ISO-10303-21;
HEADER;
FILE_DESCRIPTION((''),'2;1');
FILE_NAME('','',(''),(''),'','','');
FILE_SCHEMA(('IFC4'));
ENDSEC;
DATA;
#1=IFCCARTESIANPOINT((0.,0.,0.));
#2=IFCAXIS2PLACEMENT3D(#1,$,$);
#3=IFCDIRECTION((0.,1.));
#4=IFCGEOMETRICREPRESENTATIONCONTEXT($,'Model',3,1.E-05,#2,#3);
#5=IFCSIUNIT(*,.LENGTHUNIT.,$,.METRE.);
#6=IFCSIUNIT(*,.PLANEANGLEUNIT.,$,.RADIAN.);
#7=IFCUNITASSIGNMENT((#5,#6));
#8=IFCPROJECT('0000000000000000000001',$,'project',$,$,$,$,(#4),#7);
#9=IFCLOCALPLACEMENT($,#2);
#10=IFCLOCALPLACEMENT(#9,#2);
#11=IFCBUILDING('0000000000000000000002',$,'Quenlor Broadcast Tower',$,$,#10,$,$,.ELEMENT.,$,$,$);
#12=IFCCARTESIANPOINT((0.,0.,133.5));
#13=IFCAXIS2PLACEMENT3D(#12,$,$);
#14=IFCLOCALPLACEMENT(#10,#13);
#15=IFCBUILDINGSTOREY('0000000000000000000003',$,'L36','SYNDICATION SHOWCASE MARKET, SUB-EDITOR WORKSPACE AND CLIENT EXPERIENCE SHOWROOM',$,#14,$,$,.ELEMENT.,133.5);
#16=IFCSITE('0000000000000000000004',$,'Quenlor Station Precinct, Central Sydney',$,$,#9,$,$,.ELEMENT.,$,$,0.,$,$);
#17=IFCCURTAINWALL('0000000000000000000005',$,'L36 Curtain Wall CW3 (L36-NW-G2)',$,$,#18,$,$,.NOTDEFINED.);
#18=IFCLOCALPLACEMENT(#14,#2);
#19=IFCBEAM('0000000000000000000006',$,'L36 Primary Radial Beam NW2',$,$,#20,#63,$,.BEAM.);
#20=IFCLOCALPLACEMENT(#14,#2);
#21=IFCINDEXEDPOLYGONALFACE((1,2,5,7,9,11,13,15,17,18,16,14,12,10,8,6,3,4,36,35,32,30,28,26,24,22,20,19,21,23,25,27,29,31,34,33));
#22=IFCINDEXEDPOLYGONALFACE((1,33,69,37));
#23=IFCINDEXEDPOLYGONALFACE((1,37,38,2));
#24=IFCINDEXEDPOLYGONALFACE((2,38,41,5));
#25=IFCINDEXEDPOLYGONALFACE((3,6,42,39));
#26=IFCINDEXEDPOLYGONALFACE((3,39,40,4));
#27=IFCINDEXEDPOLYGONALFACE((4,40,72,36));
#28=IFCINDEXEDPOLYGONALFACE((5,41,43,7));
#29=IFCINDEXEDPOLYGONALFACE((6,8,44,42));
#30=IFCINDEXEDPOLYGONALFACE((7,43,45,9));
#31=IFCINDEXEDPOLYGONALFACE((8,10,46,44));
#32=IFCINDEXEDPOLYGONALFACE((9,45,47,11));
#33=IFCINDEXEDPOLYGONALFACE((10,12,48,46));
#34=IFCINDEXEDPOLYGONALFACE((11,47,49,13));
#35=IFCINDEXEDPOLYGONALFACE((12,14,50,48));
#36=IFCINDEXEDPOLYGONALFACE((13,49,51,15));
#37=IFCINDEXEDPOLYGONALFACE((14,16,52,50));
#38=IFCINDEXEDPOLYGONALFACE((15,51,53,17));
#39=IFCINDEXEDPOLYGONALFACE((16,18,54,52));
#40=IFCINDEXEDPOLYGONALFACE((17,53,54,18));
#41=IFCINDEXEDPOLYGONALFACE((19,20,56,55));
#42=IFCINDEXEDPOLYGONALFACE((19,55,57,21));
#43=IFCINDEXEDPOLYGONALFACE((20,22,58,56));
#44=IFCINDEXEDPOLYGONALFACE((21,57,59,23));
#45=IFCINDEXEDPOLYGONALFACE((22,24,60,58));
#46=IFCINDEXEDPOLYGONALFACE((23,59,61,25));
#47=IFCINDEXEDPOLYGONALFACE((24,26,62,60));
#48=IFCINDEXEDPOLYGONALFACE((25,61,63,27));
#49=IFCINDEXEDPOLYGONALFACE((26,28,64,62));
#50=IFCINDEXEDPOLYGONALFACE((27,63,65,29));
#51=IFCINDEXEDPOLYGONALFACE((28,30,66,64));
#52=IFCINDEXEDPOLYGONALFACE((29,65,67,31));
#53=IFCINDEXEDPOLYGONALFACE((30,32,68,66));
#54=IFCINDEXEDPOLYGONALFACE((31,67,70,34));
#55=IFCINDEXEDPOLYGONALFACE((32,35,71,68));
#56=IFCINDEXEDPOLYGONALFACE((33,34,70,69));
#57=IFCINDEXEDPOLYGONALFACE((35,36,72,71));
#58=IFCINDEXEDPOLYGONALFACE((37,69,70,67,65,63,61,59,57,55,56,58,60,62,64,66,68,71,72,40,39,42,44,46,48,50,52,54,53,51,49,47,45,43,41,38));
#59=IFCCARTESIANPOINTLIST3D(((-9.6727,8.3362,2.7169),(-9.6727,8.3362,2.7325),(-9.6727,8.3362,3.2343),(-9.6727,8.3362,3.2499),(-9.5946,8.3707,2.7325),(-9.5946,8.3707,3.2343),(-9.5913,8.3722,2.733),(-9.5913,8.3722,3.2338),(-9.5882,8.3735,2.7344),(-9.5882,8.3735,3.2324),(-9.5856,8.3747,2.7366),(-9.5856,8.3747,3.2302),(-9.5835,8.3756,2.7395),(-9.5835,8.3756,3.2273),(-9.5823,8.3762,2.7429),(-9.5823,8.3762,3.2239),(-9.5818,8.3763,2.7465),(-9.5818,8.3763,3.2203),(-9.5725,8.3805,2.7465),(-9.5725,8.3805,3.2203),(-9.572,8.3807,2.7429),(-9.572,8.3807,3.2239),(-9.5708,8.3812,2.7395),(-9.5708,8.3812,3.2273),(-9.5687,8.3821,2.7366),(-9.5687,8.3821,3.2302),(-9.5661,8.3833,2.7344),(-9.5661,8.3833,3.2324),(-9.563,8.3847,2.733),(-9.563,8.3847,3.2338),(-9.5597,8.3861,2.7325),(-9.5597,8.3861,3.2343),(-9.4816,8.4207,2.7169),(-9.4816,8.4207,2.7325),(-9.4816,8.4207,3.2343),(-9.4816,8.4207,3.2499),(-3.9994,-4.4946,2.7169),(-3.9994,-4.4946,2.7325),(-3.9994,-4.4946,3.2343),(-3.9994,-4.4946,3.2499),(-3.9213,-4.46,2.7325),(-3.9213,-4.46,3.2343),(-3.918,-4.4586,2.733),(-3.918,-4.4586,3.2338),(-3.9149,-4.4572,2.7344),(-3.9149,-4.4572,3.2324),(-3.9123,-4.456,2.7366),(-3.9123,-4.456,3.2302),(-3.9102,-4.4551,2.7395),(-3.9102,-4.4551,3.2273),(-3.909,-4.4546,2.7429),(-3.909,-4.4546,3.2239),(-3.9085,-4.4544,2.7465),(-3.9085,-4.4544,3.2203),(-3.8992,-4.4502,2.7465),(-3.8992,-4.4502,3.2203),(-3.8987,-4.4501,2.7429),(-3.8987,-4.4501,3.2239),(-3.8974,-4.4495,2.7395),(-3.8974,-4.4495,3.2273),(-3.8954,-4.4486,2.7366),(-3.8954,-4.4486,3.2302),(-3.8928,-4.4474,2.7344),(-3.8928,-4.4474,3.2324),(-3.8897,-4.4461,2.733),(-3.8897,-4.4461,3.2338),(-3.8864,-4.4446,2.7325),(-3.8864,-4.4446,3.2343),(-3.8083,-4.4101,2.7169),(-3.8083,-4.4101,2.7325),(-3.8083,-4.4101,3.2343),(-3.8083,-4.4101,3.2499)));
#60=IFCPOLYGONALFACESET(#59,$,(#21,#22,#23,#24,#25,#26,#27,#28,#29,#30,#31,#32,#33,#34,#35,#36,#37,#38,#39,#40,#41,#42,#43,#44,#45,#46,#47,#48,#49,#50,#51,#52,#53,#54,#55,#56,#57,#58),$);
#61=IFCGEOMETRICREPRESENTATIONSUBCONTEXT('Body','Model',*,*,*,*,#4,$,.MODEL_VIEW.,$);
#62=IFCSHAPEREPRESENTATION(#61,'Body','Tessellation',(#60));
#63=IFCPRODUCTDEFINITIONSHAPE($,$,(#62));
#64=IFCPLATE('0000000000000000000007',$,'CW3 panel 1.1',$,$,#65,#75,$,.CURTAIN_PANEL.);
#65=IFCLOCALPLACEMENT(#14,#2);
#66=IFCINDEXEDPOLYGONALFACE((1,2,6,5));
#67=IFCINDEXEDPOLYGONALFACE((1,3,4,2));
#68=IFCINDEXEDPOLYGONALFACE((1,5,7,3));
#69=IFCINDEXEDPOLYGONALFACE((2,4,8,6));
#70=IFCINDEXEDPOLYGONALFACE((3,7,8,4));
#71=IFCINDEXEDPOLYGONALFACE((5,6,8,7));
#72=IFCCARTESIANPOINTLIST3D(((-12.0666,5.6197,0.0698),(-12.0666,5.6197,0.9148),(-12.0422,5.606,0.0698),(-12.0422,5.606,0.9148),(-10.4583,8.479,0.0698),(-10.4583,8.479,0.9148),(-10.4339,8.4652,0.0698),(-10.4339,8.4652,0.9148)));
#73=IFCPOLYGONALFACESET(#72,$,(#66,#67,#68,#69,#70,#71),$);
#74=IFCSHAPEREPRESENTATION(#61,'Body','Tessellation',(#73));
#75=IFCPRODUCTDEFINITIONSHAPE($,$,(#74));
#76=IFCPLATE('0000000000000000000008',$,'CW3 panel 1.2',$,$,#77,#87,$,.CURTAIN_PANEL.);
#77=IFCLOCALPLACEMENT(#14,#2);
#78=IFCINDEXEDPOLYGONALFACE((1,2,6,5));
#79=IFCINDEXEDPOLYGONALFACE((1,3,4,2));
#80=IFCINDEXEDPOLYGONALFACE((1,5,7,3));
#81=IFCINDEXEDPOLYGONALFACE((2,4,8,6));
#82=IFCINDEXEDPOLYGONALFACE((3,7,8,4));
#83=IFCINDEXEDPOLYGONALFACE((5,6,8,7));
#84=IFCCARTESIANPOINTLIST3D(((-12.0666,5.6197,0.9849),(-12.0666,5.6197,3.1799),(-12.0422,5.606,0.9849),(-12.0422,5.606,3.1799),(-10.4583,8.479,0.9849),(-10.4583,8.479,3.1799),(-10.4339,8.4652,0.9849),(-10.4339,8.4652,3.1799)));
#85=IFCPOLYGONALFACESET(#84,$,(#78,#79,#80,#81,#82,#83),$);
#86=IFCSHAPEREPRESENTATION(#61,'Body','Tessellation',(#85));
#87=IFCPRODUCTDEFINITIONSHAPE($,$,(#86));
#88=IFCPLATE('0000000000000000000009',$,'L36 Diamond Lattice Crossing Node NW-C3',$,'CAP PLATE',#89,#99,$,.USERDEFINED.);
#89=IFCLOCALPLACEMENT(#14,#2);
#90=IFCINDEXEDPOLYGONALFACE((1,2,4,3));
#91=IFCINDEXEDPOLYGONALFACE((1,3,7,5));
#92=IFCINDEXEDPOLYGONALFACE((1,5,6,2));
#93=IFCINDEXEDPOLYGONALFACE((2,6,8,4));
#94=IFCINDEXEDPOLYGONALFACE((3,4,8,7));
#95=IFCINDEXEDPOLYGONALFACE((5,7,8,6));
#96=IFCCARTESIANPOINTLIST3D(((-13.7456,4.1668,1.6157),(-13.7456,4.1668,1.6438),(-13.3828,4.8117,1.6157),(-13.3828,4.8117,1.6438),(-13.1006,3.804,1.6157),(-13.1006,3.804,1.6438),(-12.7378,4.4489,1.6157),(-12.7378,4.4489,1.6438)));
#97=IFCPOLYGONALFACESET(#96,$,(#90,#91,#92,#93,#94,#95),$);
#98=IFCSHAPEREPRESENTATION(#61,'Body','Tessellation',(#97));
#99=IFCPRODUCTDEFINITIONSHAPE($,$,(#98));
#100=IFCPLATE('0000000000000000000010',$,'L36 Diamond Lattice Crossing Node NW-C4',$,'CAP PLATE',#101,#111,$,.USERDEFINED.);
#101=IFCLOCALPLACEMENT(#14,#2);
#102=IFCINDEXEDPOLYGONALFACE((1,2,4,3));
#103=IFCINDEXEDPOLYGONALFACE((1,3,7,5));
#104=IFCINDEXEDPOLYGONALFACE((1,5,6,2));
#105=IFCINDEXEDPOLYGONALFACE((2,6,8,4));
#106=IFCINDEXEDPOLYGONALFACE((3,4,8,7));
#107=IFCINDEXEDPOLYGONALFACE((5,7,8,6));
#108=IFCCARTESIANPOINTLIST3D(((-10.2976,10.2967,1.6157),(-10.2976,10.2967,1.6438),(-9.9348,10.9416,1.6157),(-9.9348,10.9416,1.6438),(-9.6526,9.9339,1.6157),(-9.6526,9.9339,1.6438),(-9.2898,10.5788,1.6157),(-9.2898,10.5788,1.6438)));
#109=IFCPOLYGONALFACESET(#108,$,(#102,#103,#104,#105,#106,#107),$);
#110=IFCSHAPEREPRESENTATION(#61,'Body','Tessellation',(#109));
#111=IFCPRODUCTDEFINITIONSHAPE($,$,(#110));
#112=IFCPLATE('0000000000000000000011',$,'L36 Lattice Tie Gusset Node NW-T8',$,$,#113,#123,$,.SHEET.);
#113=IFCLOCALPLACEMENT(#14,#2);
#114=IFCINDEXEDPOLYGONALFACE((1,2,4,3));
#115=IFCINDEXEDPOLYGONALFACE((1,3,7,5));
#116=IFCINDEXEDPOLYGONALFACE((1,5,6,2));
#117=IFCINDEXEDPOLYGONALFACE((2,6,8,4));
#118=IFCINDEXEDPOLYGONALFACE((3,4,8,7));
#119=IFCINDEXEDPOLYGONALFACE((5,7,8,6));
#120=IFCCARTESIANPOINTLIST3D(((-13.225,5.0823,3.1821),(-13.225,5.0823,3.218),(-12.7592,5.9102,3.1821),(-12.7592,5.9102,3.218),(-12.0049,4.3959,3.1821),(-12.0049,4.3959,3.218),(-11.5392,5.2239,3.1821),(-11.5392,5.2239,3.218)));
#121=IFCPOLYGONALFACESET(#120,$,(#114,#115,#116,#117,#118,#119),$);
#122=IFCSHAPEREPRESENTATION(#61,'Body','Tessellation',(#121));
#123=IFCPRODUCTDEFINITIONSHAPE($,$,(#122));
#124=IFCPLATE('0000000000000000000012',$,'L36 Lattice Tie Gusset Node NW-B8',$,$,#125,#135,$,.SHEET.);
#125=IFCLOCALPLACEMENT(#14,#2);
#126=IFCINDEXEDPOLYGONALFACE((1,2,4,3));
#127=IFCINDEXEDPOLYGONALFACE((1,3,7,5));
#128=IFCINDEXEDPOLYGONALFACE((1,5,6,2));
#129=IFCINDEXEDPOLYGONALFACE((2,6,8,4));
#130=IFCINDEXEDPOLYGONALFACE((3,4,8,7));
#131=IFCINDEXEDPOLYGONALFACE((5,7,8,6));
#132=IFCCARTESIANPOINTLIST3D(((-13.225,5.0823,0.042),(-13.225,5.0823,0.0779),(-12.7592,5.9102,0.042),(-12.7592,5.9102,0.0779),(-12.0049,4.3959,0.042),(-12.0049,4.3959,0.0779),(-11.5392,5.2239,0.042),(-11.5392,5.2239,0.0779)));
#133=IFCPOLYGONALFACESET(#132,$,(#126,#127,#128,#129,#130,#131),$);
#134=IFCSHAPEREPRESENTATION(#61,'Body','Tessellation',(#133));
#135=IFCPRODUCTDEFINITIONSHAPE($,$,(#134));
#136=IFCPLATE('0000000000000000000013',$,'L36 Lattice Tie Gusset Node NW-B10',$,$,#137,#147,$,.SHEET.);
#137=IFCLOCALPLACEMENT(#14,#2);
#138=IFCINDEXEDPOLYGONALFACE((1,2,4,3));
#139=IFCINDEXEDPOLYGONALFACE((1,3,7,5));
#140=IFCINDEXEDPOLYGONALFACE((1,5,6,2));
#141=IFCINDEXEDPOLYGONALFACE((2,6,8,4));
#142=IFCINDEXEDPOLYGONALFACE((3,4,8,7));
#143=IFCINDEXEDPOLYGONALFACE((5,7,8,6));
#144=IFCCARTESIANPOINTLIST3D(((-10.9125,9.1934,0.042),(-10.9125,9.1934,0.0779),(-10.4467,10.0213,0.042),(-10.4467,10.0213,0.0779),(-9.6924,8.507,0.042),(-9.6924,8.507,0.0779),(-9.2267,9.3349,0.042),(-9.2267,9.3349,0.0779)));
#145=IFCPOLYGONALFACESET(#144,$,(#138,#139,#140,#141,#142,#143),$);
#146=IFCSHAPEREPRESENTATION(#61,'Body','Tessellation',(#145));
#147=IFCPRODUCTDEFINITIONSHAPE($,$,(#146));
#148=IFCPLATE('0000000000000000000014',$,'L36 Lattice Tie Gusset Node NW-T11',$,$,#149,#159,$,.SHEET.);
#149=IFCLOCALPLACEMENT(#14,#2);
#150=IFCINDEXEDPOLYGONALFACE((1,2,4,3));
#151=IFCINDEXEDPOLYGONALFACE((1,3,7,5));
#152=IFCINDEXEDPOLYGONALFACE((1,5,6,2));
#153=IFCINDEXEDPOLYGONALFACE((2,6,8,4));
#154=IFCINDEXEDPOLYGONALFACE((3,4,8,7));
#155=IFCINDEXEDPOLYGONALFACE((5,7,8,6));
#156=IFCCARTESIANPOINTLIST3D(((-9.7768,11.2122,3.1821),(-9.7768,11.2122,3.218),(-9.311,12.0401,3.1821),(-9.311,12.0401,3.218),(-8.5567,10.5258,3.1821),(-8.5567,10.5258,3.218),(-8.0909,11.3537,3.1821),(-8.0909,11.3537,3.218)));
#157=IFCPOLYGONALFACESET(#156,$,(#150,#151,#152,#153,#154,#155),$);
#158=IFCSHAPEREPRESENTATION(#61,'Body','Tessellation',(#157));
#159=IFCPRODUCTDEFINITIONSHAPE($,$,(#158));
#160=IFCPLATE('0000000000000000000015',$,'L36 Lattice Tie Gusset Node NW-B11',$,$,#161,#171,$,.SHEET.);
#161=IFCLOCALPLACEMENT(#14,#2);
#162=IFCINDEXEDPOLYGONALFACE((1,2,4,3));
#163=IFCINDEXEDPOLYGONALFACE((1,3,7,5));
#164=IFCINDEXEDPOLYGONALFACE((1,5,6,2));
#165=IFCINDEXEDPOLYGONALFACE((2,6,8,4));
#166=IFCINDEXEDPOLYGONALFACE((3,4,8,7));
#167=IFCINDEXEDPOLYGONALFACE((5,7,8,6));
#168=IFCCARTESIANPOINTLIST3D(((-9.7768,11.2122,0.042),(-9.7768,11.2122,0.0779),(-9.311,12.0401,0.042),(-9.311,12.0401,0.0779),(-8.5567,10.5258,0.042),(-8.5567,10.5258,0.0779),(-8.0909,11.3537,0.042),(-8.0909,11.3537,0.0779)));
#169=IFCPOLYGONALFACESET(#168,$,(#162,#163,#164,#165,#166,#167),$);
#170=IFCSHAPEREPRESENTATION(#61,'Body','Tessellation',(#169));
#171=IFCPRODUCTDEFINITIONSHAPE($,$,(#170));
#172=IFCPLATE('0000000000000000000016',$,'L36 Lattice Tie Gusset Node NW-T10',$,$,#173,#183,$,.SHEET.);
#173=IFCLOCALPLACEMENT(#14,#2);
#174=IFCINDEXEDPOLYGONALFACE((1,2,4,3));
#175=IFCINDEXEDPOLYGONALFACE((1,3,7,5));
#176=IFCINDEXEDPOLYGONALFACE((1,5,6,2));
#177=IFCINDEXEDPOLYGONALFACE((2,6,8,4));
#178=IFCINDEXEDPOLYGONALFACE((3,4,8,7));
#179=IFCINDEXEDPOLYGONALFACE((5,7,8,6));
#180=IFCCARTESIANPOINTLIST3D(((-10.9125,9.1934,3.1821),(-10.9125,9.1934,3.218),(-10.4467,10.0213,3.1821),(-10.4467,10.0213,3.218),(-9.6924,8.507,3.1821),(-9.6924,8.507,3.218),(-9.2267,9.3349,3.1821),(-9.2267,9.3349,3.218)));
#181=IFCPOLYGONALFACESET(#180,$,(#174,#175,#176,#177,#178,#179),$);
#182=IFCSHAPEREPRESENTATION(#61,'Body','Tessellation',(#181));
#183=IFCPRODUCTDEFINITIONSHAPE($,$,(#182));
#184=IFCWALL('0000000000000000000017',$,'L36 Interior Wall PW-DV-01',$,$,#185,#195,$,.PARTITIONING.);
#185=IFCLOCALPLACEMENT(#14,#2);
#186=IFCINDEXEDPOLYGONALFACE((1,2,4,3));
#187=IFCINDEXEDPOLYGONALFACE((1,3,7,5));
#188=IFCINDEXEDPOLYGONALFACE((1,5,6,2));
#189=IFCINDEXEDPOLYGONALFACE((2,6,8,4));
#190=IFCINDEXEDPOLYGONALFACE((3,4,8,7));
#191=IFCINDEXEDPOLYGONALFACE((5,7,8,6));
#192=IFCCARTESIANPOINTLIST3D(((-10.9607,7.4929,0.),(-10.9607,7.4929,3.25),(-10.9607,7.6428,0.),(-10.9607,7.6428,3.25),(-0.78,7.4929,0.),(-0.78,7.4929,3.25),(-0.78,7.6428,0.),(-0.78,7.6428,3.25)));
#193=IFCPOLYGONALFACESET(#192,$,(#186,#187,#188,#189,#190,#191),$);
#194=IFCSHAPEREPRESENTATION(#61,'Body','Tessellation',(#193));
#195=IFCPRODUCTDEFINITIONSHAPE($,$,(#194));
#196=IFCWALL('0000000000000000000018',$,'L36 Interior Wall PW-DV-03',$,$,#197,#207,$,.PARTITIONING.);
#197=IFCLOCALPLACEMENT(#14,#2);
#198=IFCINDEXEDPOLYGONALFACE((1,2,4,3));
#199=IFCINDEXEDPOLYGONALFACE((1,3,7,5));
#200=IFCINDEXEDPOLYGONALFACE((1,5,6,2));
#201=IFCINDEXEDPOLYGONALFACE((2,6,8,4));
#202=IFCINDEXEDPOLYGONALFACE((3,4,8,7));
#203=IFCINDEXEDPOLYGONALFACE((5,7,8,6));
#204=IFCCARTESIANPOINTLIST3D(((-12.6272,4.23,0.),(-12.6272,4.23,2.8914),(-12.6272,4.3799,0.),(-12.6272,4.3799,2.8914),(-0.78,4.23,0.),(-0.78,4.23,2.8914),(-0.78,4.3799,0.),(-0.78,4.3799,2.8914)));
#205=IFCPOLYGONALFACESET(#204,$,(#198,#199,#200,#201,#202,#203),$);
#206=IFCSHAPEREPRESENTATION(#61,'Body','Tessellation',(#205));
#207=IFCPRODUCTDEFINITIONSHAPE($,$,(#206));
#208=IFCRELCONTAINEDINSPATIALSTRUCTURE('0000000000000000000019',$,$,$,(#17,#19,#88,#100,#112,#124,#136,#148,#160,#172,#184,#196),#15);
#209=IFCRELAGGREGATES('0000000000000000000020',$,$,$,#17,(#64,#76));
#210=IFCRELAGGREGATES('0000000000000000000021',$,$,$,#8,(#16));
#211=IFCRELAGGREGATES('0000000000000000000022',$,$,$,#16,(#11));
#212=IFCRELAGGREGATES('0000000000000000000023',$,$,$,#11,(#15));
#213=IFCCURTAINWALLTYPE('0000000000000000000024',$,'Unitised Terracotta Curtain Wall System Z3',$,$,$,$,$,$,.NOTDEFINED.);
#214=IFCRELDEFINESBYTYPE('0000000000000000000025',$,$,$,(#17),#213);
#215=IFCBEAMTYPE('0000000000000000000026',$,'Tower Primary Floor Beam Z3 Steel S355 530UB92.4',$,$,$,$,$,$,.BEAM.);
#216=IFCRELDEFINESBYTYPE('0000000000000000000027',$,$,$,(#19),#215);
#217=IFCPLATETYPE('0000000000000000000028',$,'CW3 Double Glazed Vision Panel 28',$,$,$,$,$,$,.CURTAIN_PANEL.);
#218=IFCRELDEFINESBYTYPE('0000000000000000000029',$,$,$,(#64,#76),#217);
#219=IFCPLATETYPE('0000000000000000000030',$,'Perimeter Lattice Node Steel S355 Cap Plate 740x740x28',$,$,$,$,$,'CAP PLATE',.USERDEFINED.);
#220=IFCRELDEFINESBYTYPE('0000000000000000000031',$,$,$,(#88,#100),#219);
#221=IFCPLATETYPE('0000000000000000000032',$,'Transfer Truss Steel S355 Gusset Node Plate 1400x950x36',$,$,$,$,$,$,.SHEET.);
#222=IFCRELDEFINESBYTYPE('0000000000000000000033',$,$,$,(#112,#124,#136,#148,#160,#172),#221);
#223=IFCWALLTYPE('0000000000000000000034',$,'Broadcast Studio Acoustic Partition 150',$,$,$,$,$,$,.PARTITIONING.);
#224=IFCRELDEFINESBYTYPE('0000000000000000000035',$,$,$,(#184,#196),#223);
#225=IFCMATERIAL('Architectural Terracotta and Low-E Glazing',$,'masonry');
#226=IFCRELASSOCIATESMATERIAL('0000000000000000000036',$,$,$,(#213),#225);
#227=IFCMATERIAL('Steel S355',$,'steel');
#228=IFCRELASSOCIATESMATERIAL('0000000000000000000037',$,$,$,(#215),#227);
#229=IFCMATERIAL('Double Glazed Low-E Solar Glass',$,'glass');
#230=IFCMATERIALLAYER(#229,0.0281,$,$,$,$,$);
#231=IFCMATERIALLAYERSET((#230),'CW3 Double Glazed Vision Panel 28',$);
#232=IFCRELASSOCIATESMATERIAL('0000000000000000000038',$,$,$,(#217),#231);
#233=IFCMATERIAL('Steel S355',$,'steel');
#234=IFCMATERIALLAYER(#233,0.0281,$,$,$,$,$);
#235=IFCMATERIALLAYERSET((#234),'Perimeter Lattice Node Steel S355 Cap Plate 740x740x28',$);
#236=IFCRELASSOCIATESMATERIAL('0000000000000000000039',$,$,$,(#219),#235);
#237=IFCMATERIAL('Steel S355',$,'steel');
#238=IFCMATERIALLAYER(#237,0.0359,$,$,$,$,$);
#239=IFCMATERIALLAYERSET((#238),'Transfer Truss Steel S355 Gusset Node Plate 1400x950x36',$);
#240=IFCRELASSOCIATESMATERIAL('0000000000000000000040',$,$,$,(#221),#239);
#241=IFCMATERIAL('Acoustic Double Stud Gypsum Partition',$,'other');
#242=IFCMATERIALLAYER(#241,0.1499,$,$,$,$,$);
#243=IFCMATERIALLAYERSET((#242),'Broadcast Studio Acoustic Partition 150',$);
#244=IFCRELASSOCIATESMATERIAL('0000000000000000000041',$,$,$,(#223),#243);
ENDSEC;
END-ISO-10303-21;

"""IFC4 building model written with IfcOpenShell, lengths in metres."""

from ifc_helpers import new_model, si_unit, direction, frame, frame_2d, origin, origin_2d, place, context, subcontext, project, spatial, rectangle, i_section, extrude, material, layer, layer_set, material_profile, profile_set, type_object, element, aggregate, save


model = new_model("IFC4")

# Units and contexts
model_context = context("Model", 3, precision=1e-05, world=origin(), true_north=direction((0.0, 1.0)))
body_context = subcontext(model_context, "Body", "Model", "MODEL_VIEW")
ifc_project = project(units=[si_unit("LENGTHUNIT", "METRE"), si_unit("PLANEANGLEUNIT", "RADIAN")], contexts=[model_context])

# Site, building, storey
site_placement = place(None, origin())
site = spatial("IfcSite", under=ifc_project, at=site_placement, Name="Quenlor Station Precinct, Central Sydney", CompositionType="ELEMENT", RefElevation=0.0)
building_placement = place(site_placement, origin())
building = spatial("IfcBuilding", under=site, at=building_placement, Name="Quenlor Broadcast Tower", CompositionType="ELEMENT")
storey_placement = place(building_placement, frame((0.0, 0.0, 133.5)))
storey = spatial("IfcBuildingStorey", under=building, at=storey_placement, Name="L36", Description="SYNDICATION SHOWCASE MARKET, SUB-EDITOR WORKSPACE AND CLIENT EXPERIENCE SHOWROOM", CompositionType="ELEMENT", Elevation=133.5)

# Curtain wall
ifc_material_1 = material(Name="Architectural Terracotta and Low-E Glazing", Category="masonry")
curtain_wall_type = type_object("IfcCurtainWallType", Name="Unitised Terracotta Curtain Wall System Z3", PredefinedType="NOTDEFINED", material=ifc_material_1)
curtain_wall_placement = place(storey_placement, origin())
curtain_wall = element("IfcCurtainWall", 1, at=curtain_wall_placement, inside=storey, type_object=curtain_wall_type, Name="L36 Curtain Wall CW3 (L36-NW-G2)", PredefinedType="NOTDEFINED")

# Beam
ifc_material_2 = material(Name="Steel S355", Category="steel")
ifc_material_profile_1 = material_profile(ifc_material_2, i_section(OverallWidth=0.209, OverallDepth=0.533, WebThickness=0.0103, FlangeThickness=0.0156, FilletRadius=0.0139, at=origin_2d()))
ifc_profile_set_1 = profile_set([ifc_material_profile_1], Name="Steel S355 530UB92.4")
beam_type_1 = type_object("IfcBeamType", Name="Tower Primary Floor Beam Z3 Steel S355 530UB92.4", PredefinedType="BEAM", material=ifc_profile_set_1)
beam_1_placement = place(storey_placement, frame((-9.5771, 8.3784, 2.9834), z_axis=(0.404397, -0.914583, 0.0), x_axis=(0.914583, 0.404397, 0.0)))
element("IfcBeam", 2, at=beam_1_placement, inside=storey, type_object=beam_type_1, Name="L36 Primary Radial Beam NW2", PredefinedType="BEAM", context=body_context, shape_type="SweptSolid", body=[
    extrude(i_section(OverallWidth=0.209, OverallDepth=0.533, WebThickness=0.0103, FlangeThickness=0.0156, FilletRadius=0.0139, at=origin_2d()), origin(), (0.0, 0.0, 1.0), 14.0291),
])

# Plates
ifc_material_3 = material(Name="Double Glazed Low-E Solar Glass", Category="glass")
ifc_layer_1 = layer(ifc_material_3, 0.0281)
ifc_layer_set_1 = layer_set([ifc_layer_1], Name="CW3 Double Glazed Vision Panel 28")
plate_type_1 = type_object("IfcPlateType", Name="CW3 Double Glazed Vision Panel 28", PredefinedType="CURTAIN_PANEL", material=ifc_layer_set_1)
plate_1_placement = place(storey_placement, frame((-11.2502, 7.0425, 0.0698), z_axis=(0.0, 0.0, 1.0), x_axis=(0.490256, 0.871579, 0.0)))
plate_1 = element("IfcPlate", 3, at=plate_1_placement, type_object=plate_type_1, Name="CW3 panel 1.1", PredefinedType="CURTAIN_PANEL", context=body_context, shape_type="SweptSolid", body=[
    extrude(rectangle(XDim=3.2805, YDim=0.0281, at=origin_2d()), origin(), (0.0, 0.0, 1.0), 0.845),
])
plate_2_placement = place(storey_placement, frame((-11.2502, 7.0425, 0.9849), z_axis=(0.0, 0.0, 1.0), x_axis=(0.490256, 0.871579, 0.0)))
plate_2 = element("IfcPlate", 4, at=plate_2_placement, type_object=plate_type_1, Name="CW3 panel 1.2", PredefinedType="CURTAIN_PANEL", context=body_context, shape_type="SweptSolid", body=[
    extrude(rectangle(XDim=3.2805, YDim=0.0281, at=origin_2d()), origin(), (0.0, 0.0, 1.0), 2.1951),
])
aggregate(curtain_wall, [plate_1, plate_2])

# Plates
ifc_material_4 = material(Name="Steel S355", Category="steel")
ifc_layer_2 = layer(ifc_material_4, 0.0281)
ifc_layer_set_2 = layer_set([ifc_layer_2], Name="Perimeter Lattice Node Steel S355 Cap Plate 740x740x28")
plate_type_2 = type_object("IfcPlateType", Name="Perimeter Lattice Node Steel S355 Cap Plate 740x740x28", ElementType="CAP PLATE", PredefinedType="USERDEFINED", material=ifc_layer_set_2)
for number, where, z_axis, x_axis, name in (
    (5, (-13.2417, 4.3079, 1.6157), (0.0, 0.0, 1.0), (0.490295, 0.871556, 0.0), "L36 Diamond Lattice Crossing Node NW-C3"),
    (6, (-9.7937, 10.4377, 1.6157), (0.0, 0.0, 1.0), (0.490295, 0.871556, 0.0), "L36 Diamond Lattice Crossing Node NW-C4"),
):
    element("IfcPlate", number, at=place(storey_placement, frame(where, z_axis=z_axis, x_axis=x_axis)), inside=storey, type_object=plate_type_2, Name=name, ObjectType="CAP PLATE", PredefinedType="USERDEFINED", context=body_context, shape_type="SweptSolid", body=[
        extrude(rectangle(XDim=0.74, YDim=0.74, at=origin_2d()), origin(), (0.0, 0.0, 1.0), 0.0281),
    ])
ifc_material_5 = material(Name="Steel S355", Category="steel")
ifc_layer_3 = layer(ifc_material_5, 0.0359)
ifc_layer_set_3 = layer_set([ifc_layer_3], Name="Transfer Truss Steel S355 Gusset Node Plate 1400x950x36")
plate_type_3 = type_object("IfcPlateType", Name="Transfer Truss Steel S355 Gusset Node Plate 1400x950x36", PredefinedType="SHEET", material=ifc_layer_set_3)
for number, where, z_axis, x_axis, name in (
    (7, (-12.3821, 5.1531, 3.1821), (0.0, 0.0, 1.0), (-0.871556, 0.490295, 0.0), "L36 Lattice Tie Gusset Node NW-T8"),
    (8, (-12.3821, 5.1531, 0.042), (0.0, 0.0, 1.0), (-0.871556, 0.490295, 0.0), "L36 Lattice Tie Gusset Node NW-B8"),
    (9, (-10.0696, 9.2642, 0.042), (0.0, 0.0, 1.0), (-0.871556, 0.490295, 0.0), "L36 Lattice Tie Gusset Node NW-B10"),
    (10, (-8.9338, 11.283, 3.1821), (0.0, 0.0, 1.0), (-0.871556, 0.490295, 0.0), "L36 Lattice Tie Gusset Node NW-T11"),
    (11, (-8.9338, 11.283, 0.042), (0.0, 0.0, 1.0), (-0.871556, 0.490295, 0.0), "L36 Lattice Tie Gusset Node NW-B11"),
    (12, (-10.0696, 9.2642, 3.1821), (0.0, 0.0, 1.0), (-0.871556, 0.490295, 0.0), "L36 Lattice Tie Gusset Node NW-T10"),
):
    element("IfcPlate", number, at=place(storey_placement, frame(where, z_axis=z_axis, x_axis=x_axis)), inside=storey, type_object=plate_type_3, Name=name, PredefinedType="SHEET", context=body_context, shape_type="SweptSolid", body=[
        extrude(rectangle(XDim=1.3999, YDim=0.95, at=origin_2d()), origin(), (0.0, 0.0, 1.0), 0.0359),
    ])

# Walls
ifc_material_6 = material(Name="Acoustic Double Stud Gypsum Partition", Category="other")
ifc_layer_4 = layer(ifc_material_6, 0.1499)
ifc_layer_set_4 = layer_set([ifc_layer_4], Name="Broadcast Studio Acoustic Partition 150")
wall_type_1 = type_object("IfcWallType", Name="Broadcast Studio Acoustic Partition 150", PredefinedType="PARTITIONING", material=ifc_layer_set_4)
wall_1_placement = place(storey_placement, frame((-0.78, 7.5679, 0.0), z_axis=(0.0, 0.0, 1.0), x_axis=(-1.0, 0.0, 0.0)))
element("IfcWall", 13, at=wall_1_placement, inside=storey, type_object=wall_type_1, Name="L36 Interior Wall PW-DV-01", PredefinedType="PARTITIONING", context=body_context, shape_type="SweptSolid", body=[
    extrude(rectangle(XDim=10.1807, YDim=0.1499, at=frame_2d((5.0903, 0.0))), origin(), (0.0, 0.0, 1.0), 3.25),
])
wall_2_placement = place(storey_placement, frame((-0.78, 4.3049, 0.0), z_axis=(0.0, 0.0, 1.0), x_axis=(-1.0, 0.0, 0.0)))
element("IfcWall", 14, at=wall_2_placement, inside=storey, type_object=wall_type_1, Name="L36 Interior Wall PW-DV-03", PredefinedType="PARTITIONING", context=body_context, shape_type="SweptSolid", body=[
    extrude(rectangle(XDim=11.8472, YDim=0.1499, at=frame_2d((5.9236, 0.0))), origin(), (0.0, 0.0, 1.0), 2.8914),
])

save(model, "model.ifc")
